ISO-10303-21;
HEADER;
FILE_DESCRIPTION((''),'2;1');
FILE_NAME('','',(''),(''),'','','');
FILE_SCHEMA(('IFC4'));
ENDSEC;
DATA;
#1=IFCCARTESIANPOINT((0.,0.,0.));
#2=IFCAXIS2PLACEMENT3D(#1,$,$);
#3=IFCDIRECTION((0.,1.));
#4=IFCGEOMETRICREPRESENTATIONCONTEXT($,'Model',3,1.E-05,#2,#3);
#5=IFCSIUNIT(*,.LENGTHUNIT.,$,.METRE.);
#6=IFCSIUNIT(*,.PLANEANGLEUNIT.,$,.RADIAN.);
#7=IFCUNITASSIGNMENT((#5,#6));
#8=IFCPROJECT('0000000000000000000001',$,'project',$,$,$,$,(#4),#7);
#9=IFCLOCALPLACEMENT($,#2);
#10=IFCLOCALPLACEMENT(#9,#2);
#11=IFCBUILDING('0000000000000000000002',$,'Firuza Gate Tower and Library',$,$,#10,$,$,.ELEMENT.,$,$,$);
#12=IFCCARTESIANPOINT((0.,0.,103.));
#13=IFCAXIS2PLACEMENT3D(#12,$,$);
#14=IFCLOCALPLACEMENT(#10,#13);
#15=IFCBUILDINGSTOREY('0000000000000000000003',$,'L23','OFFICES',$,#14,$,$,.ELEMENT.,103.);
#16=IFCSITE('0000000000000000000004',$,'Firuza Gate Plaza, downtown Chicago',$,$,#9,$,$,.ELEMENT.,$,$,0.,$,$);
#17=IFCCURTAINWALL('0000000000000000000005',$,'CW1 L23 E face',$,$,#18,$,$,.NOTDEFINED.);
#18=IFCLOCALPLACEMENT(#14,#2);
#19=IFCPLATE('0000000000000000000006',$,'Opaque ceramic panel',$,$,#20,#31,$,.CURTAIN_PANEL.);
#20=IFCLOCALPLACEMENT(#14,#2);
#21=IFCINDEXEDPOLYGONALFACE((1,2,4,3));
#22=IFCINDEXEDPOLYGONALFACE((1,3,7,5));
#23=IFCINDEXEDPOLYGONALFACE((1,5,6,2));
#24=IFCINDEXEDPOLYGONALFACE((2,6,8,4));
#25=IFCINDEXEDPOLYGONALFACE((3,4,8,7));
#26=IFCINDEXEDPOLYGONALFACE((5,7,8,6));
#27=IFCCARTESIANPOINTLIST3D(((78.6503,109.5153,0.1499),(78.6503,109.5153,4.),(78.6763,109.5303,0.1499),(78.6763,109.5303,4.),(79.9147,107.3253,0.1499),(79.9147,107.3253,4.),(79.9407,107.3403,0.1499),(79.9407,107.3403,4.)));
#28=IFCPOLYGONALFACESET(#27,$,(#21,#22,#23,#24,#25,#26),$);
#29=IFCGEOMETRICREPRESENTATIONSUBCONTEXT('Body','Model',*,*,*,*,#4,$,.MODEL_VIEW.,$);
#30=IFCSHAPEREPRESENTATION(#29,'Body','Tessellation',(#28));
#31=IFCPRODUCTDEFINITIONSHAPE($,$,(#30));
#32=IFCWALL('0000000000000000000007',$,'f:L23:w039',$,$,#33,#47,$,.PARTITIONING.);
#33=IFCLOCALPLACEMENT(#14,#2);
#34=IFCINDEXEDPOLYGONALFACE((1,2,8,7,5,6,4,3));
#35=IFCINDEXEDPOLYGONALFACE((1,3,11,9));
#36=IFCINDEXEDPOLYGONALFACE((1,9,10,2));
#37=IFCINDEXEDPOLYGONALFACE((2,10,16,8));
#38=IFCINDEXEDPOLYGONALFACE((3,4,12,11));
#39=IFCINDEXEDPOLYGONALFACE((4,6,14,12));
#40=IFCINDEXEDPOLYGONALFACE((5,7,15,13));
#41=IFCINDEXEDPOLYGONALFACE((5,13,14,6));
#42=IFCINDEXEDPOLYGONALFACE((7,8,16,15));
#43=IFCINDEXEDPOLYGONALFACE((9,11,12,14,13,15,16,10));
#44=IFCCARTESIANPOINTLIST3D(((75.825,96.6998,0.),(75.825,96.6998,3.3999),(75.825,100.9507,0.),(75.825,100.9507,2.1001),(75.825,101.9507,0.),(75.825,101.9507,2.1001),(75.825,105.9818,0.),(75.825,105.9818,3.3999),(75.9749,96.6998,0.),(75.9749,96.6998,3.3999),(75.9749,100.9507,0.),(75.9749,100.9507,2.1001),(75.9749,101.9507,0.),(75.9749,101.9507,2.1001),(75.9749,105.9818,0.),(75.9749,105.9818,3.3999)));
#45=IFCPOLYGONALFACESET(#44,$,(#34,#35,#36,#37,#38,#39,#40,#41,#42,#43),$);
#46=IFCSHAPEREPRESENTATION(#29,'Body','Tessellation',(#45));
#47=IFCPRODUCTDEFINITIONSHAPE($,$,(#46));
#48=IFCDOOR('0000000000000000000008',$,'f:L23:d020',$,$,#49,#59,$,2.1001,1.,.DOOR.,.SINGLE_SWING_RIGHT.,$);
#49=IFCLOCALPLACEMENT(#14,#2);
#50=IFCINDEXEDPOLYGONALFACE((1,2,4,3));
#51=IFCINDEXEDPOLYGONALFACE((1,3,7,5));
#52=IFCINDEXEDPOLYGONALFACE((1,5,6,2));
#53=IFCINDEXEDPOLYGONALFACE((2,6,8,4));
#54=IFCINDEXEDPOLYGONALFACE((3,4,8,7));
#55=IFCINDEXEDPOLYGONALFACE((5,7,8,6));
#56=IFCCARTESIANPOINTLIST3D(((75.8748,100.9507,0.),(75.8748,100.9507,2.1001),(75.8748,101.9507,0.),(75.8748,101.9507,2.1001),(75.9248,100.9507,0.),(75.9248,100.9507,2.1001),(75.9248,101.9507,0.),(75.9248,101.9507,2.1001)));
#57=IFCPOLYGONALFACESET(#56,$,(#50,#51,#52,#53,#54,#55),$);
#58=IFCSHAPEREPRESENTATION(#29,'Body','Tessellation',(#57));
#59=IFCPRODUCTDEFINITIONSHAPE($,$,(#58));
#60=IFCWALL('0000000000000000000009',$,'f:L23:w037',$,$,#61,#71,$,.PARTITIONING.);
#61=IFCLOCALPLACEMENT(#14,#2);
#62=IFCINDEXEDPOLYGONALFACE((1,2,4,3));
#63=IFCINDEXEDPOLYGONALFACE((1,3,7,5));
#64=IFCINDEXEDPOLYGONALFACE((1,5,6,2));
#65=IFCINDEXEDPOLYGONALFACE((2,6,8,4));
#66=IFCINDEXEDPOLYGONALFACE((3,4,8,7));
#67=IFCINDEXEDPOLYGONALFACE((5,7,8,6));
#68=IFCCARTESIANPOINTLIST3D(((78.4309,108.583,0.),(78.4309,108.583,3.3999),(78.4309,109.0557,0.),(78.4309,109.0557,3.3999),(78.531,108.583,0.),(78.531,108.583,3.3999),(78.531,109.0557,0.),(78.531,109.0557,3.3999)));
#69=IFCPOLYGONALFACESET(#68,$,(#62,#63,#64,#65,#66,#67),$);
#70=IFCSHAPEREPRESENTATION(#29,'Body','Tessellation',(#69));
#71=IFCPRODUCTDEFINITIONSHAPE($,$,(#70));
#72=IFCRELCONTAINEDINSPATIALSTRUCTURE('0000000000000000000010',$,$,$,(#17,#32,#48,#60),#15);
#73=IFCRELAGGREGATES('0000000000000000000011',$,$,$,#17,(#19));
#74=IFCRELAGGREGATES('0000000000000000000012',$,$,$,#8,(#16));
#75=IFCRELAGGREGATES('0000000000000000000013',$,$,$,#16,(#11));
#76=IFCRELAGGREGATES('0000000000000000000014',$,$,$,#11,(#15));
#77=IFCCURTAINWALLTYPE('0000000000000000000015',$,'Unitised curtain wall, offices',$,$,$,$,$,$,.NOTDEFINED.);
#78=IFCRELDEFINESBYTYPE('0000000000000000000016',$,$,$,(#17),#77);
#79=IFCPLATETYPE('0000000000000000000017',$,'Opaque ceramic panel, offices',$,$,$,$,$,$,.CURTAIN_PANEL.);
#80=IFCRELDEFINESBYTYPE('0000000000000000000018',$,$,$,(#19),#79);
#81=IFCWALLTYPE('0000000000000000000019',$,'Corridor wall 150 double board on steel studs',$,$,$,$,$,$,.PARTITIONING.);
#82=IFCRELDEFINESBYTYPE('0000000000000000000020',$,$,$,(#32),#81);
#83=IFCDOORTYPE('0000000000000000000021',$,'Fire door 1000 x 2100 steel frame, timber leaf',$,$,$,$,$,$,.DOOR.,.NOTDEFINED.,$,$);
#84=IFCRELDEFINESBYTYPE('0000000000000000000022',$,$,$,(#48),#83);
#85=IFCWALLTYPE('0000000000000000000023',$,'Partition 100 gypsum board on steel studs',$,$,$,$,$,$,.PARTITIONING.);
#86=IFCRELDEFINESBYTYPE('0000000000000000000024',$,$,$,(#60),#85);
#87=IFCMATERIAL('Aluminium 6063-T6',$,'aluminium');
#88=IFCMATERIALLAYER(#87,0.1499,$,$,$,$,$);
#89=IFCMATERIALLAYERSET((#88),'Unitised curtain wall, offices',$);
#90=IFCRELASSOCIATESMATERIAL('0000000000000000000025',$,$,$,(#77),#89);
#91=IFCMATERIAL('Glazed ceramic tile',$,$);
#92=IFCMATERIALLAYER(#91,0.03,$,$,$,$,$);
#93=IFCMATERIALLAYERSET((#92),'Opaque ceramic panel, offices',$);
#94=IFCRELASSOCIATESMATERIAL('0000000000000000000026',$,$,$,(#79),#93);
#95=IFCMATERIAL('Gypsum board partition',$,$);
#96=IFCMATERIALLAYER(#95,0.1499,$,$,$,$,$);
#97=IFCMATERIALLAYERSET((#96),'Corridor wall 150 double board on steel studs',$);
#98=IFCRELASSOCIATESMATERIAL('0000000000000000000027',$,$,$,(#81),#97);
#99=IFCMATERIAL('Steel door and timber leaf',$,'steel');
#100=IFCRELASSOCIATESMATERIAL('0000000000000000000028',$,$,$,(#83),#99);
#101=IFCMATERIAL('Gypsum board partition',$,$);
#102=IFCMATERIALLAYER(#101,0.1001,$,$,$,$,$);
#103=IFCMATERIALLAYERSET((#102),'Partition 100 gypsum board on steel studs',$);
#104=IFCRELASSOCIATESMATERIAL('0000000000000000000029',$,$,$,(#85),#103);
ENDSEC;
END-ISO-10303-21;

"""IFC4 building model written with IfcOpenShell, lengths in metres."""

from ifc_helpers import new_model, si_unit, direction, frame, frame_2d, origin, place, context, subcontext, project, spatial, polyline, rectangle, outline, extrude, material, layer, layer_set, type_object, element, fill, aggregate, save


model = new_model("IFC4")

# Units and contexts
model_context = context("Model", 3, precision=1e-05, world=origin(), true_north=direction((0.0, 1.0)))
body_context = subcontext(model_context, "Body", "Model", "MODEL_VIEW")
ifc_project = project(units=[si_unit("LENGTHUNIT", "METRE"), si_unit("PLANEANGLEUNIT", "RADIAN")], contexts=[model_context])

# Site, building, storey
site_placement = place(None, origin())
site = spatial("IfcSite", under=ifc_project, at=site_placement, Name="Firuza Gate Plaza, downtown Chicago", CompositionType="ELEMENT", RefElevation=0.0)
building_placement = place(site_placement, origin())
building = spatial("IfcBuilding", under=site, at=building_placement, Name="Firuza Gate Tower and Library", CompositionType="ELEMENT")
storey_placement = place(building_placement, frame((0.0, 0.0, 103.0)))
storey = spatial("IfcBuildingStorey", under=building, at=storey_placement, Name="L23", Description="OFFICES", CompositionType="ELEMENT", Elevation=103.0)

# Curtain wall
ifc_material_1 = material(Name="Aluminium 6063-T6", Category="aluminium")
ifc_layer_1 = layer(ifc_material_1, 0.1499)
ifc_layer_set_1 = layer_set([ifc_layer_1], Name="Unitised curtain wall, offices")
curtain_wall_type_1 = type_object("IfcCurtainWallType", Name="Unitised curtain wall, offices", PredefinedType="NOTDEFINED", material=ifc_layer_set_1)
placement = place(storey_placement, origin())
curtain_wall_1 = element("IfcCurtainWall", 1, at=placement, inside=storey, type_object=curtain_wall_type_1, Name="CW1 L23 E face", PredefinedType="NOTDEFINED")

# Plate
ifc_material_2 = material(Name="Glazed ceramic tile")
ifc_layer_2 = layer(ifc_material_2, 0.03)
ifc_layer_set_2 = layer_set([ifc_layer_2], Name="Opaque ceramic panel, offices")
plate_type_1 = type_object("IfcPlateType", Name="Opaque ceramic panel, offices", PredefinedType="CURTAIN_PANEL", material=ifc_layer_set_2)
plate_1_placement = place(storey_placement, frame((79.9407, 107.3403, 0.1499), z_axis=(0.866018, 0.500012, 0.0), x_axis=(-0.500012, 0.866018, 0.0)))
plate_1 = element("IfcPlate", 2, at=plate_1_placement, type_object=plate_type_1, Name="Opaque ceramic panel", PredefinedType="CURTAIN_PANEL", context=body_context, shape_type="SweptSolid", body=[
    extrude(outline(polyline([(0.0, 0.0), (2.5287, 0.0), (2.5287, 3.8501), (0.0, 3.8501), (0.0, 0.0)])), origin(), (0.0, 0.0, -1.0), 0.03),
])
aggregate(curtain_wall_1, [plate_1])

# Wall, opening, door
ifc_material_3 = material(Name="Gypsum board partition")
ifc_layer_3 = layer(ifc_material_3, 0.1499)
ifc_layer_set_3 = layer_set([ifc_layer_3], Name="Corridor wall 150 double board on steel studs")
wall_type_1 = type_object("IfcWallType", Name="Corridor wall 150 double board on steel studs", PredefinedType="PARTITIONING", material=ifc_layer_set_3)
wall_1_placement = place(storey_placement, frame((75.8999, 105.9819, 0.0), z_axis=(0.0, 0.0, 1.0), x_axis=(0.0, -1.0, 0.0)))
wall_1 = element("IfcWall", 3, at=wall_1_placement, inside=storey, type_object=wall_type_1, Name="f:L23:w039", PredefinedType="PARTITIONING", context=body_context, shape_type="SweptSolid", body=[
    extrude(rectangle(XDim=9.282, YDim=0.1499, at=frame_2d((4.6411, 0.0))), origin(), (0.0, 0.0, 1.0), 3.3999),
])
opening_placement = place(wall_1_placement, frame((4.0312, 0.0, 0.0)))
opening = element("IfcOpeningElement", 4, at=opening_placement, cuts=wall_1, PredefinedType="OPENING", context=body_context, shape_type="SweptSolid", body=[
    extrude(rectangle(XDim=1.0, YDim=2.1001, at=frame_2d((0.5, 1.05))), frame((0.0, 0.085, 0.0), z_axis=(0.0, -1.0, 0.0), x_axis=(1.0, 0.0, 0.0)), (0.0, 0.0, 1.0), 0.1699),
])
ifc_material_4 = material(Name="Steel door and timber leaf", Category="steel")
door_type = type_object("IfcDoorType", Name="Fire door 1000 x 2100 steel frame, timber leaf", OperationType="NOTDEFINED", PredefinedType="DOOR", material=ifc_material_4)
door_placement = place(opening_placement, origin())
door = element("IfcDoor", 5, at=door_placement, inside=storey, type_object=door_type, Name="f:L23:d020", OperationType="SINGLE_SWING_RIGHT", OverallHeight=2.1001, OverallWidth=1.0, PredefinedType="DOOR", context=body_context, shape_type="SweptSolid", body=[
    extrude(rectangle(XDim=1.0, YDim=2.1001, at=frame_2d((0.5, 1.05))), frame((0.0, 0.0249, 0.0), z_axis=(0.0, -1.0, 0.0), x_axis=(1.0, 0.0, 0.0)), (0.0, 0.0, 1.0), 0.05),
])
fill(opening, door)

# Wall
ifc_material_5 = material(Name="Gypsum board partition")
ifc_layer_4 = layer(ifc_material_5, 0.1001)
ifc_layer_set_4 = layer_set([ifc_layer_4], Name="Partition 100 gypsum board on steel studs")
wall_type_2 = type_object("IfcWallType", Name="Partition 100 gypsum board on steel studs", PredefinedType="PARTITIONING", material=ifc_layer_set_4)
wall_2_placement = place(storey_placement, frame((78.481, 108.583, 0.0), z_axis=(0.0, 0.0, 1.0), x_axis=(0.0, 1.0, 0.0)))
element("IfcWall", 6, at=wall_2_placement, inside=storey, type_object=wall_type_2, Name="f:L23:w037", PredefinedType="PARTITIONING", context=body_context, shape_type="SweptSolid", body=[
    extrude(rectangle(XDim=0.4727, YDim=0.1001, at=frame_2d((0.2363, 0.0))), origin(), (0.0, 0.0, 1.0), 3.3999),
])

save(model, "model.ifc")
